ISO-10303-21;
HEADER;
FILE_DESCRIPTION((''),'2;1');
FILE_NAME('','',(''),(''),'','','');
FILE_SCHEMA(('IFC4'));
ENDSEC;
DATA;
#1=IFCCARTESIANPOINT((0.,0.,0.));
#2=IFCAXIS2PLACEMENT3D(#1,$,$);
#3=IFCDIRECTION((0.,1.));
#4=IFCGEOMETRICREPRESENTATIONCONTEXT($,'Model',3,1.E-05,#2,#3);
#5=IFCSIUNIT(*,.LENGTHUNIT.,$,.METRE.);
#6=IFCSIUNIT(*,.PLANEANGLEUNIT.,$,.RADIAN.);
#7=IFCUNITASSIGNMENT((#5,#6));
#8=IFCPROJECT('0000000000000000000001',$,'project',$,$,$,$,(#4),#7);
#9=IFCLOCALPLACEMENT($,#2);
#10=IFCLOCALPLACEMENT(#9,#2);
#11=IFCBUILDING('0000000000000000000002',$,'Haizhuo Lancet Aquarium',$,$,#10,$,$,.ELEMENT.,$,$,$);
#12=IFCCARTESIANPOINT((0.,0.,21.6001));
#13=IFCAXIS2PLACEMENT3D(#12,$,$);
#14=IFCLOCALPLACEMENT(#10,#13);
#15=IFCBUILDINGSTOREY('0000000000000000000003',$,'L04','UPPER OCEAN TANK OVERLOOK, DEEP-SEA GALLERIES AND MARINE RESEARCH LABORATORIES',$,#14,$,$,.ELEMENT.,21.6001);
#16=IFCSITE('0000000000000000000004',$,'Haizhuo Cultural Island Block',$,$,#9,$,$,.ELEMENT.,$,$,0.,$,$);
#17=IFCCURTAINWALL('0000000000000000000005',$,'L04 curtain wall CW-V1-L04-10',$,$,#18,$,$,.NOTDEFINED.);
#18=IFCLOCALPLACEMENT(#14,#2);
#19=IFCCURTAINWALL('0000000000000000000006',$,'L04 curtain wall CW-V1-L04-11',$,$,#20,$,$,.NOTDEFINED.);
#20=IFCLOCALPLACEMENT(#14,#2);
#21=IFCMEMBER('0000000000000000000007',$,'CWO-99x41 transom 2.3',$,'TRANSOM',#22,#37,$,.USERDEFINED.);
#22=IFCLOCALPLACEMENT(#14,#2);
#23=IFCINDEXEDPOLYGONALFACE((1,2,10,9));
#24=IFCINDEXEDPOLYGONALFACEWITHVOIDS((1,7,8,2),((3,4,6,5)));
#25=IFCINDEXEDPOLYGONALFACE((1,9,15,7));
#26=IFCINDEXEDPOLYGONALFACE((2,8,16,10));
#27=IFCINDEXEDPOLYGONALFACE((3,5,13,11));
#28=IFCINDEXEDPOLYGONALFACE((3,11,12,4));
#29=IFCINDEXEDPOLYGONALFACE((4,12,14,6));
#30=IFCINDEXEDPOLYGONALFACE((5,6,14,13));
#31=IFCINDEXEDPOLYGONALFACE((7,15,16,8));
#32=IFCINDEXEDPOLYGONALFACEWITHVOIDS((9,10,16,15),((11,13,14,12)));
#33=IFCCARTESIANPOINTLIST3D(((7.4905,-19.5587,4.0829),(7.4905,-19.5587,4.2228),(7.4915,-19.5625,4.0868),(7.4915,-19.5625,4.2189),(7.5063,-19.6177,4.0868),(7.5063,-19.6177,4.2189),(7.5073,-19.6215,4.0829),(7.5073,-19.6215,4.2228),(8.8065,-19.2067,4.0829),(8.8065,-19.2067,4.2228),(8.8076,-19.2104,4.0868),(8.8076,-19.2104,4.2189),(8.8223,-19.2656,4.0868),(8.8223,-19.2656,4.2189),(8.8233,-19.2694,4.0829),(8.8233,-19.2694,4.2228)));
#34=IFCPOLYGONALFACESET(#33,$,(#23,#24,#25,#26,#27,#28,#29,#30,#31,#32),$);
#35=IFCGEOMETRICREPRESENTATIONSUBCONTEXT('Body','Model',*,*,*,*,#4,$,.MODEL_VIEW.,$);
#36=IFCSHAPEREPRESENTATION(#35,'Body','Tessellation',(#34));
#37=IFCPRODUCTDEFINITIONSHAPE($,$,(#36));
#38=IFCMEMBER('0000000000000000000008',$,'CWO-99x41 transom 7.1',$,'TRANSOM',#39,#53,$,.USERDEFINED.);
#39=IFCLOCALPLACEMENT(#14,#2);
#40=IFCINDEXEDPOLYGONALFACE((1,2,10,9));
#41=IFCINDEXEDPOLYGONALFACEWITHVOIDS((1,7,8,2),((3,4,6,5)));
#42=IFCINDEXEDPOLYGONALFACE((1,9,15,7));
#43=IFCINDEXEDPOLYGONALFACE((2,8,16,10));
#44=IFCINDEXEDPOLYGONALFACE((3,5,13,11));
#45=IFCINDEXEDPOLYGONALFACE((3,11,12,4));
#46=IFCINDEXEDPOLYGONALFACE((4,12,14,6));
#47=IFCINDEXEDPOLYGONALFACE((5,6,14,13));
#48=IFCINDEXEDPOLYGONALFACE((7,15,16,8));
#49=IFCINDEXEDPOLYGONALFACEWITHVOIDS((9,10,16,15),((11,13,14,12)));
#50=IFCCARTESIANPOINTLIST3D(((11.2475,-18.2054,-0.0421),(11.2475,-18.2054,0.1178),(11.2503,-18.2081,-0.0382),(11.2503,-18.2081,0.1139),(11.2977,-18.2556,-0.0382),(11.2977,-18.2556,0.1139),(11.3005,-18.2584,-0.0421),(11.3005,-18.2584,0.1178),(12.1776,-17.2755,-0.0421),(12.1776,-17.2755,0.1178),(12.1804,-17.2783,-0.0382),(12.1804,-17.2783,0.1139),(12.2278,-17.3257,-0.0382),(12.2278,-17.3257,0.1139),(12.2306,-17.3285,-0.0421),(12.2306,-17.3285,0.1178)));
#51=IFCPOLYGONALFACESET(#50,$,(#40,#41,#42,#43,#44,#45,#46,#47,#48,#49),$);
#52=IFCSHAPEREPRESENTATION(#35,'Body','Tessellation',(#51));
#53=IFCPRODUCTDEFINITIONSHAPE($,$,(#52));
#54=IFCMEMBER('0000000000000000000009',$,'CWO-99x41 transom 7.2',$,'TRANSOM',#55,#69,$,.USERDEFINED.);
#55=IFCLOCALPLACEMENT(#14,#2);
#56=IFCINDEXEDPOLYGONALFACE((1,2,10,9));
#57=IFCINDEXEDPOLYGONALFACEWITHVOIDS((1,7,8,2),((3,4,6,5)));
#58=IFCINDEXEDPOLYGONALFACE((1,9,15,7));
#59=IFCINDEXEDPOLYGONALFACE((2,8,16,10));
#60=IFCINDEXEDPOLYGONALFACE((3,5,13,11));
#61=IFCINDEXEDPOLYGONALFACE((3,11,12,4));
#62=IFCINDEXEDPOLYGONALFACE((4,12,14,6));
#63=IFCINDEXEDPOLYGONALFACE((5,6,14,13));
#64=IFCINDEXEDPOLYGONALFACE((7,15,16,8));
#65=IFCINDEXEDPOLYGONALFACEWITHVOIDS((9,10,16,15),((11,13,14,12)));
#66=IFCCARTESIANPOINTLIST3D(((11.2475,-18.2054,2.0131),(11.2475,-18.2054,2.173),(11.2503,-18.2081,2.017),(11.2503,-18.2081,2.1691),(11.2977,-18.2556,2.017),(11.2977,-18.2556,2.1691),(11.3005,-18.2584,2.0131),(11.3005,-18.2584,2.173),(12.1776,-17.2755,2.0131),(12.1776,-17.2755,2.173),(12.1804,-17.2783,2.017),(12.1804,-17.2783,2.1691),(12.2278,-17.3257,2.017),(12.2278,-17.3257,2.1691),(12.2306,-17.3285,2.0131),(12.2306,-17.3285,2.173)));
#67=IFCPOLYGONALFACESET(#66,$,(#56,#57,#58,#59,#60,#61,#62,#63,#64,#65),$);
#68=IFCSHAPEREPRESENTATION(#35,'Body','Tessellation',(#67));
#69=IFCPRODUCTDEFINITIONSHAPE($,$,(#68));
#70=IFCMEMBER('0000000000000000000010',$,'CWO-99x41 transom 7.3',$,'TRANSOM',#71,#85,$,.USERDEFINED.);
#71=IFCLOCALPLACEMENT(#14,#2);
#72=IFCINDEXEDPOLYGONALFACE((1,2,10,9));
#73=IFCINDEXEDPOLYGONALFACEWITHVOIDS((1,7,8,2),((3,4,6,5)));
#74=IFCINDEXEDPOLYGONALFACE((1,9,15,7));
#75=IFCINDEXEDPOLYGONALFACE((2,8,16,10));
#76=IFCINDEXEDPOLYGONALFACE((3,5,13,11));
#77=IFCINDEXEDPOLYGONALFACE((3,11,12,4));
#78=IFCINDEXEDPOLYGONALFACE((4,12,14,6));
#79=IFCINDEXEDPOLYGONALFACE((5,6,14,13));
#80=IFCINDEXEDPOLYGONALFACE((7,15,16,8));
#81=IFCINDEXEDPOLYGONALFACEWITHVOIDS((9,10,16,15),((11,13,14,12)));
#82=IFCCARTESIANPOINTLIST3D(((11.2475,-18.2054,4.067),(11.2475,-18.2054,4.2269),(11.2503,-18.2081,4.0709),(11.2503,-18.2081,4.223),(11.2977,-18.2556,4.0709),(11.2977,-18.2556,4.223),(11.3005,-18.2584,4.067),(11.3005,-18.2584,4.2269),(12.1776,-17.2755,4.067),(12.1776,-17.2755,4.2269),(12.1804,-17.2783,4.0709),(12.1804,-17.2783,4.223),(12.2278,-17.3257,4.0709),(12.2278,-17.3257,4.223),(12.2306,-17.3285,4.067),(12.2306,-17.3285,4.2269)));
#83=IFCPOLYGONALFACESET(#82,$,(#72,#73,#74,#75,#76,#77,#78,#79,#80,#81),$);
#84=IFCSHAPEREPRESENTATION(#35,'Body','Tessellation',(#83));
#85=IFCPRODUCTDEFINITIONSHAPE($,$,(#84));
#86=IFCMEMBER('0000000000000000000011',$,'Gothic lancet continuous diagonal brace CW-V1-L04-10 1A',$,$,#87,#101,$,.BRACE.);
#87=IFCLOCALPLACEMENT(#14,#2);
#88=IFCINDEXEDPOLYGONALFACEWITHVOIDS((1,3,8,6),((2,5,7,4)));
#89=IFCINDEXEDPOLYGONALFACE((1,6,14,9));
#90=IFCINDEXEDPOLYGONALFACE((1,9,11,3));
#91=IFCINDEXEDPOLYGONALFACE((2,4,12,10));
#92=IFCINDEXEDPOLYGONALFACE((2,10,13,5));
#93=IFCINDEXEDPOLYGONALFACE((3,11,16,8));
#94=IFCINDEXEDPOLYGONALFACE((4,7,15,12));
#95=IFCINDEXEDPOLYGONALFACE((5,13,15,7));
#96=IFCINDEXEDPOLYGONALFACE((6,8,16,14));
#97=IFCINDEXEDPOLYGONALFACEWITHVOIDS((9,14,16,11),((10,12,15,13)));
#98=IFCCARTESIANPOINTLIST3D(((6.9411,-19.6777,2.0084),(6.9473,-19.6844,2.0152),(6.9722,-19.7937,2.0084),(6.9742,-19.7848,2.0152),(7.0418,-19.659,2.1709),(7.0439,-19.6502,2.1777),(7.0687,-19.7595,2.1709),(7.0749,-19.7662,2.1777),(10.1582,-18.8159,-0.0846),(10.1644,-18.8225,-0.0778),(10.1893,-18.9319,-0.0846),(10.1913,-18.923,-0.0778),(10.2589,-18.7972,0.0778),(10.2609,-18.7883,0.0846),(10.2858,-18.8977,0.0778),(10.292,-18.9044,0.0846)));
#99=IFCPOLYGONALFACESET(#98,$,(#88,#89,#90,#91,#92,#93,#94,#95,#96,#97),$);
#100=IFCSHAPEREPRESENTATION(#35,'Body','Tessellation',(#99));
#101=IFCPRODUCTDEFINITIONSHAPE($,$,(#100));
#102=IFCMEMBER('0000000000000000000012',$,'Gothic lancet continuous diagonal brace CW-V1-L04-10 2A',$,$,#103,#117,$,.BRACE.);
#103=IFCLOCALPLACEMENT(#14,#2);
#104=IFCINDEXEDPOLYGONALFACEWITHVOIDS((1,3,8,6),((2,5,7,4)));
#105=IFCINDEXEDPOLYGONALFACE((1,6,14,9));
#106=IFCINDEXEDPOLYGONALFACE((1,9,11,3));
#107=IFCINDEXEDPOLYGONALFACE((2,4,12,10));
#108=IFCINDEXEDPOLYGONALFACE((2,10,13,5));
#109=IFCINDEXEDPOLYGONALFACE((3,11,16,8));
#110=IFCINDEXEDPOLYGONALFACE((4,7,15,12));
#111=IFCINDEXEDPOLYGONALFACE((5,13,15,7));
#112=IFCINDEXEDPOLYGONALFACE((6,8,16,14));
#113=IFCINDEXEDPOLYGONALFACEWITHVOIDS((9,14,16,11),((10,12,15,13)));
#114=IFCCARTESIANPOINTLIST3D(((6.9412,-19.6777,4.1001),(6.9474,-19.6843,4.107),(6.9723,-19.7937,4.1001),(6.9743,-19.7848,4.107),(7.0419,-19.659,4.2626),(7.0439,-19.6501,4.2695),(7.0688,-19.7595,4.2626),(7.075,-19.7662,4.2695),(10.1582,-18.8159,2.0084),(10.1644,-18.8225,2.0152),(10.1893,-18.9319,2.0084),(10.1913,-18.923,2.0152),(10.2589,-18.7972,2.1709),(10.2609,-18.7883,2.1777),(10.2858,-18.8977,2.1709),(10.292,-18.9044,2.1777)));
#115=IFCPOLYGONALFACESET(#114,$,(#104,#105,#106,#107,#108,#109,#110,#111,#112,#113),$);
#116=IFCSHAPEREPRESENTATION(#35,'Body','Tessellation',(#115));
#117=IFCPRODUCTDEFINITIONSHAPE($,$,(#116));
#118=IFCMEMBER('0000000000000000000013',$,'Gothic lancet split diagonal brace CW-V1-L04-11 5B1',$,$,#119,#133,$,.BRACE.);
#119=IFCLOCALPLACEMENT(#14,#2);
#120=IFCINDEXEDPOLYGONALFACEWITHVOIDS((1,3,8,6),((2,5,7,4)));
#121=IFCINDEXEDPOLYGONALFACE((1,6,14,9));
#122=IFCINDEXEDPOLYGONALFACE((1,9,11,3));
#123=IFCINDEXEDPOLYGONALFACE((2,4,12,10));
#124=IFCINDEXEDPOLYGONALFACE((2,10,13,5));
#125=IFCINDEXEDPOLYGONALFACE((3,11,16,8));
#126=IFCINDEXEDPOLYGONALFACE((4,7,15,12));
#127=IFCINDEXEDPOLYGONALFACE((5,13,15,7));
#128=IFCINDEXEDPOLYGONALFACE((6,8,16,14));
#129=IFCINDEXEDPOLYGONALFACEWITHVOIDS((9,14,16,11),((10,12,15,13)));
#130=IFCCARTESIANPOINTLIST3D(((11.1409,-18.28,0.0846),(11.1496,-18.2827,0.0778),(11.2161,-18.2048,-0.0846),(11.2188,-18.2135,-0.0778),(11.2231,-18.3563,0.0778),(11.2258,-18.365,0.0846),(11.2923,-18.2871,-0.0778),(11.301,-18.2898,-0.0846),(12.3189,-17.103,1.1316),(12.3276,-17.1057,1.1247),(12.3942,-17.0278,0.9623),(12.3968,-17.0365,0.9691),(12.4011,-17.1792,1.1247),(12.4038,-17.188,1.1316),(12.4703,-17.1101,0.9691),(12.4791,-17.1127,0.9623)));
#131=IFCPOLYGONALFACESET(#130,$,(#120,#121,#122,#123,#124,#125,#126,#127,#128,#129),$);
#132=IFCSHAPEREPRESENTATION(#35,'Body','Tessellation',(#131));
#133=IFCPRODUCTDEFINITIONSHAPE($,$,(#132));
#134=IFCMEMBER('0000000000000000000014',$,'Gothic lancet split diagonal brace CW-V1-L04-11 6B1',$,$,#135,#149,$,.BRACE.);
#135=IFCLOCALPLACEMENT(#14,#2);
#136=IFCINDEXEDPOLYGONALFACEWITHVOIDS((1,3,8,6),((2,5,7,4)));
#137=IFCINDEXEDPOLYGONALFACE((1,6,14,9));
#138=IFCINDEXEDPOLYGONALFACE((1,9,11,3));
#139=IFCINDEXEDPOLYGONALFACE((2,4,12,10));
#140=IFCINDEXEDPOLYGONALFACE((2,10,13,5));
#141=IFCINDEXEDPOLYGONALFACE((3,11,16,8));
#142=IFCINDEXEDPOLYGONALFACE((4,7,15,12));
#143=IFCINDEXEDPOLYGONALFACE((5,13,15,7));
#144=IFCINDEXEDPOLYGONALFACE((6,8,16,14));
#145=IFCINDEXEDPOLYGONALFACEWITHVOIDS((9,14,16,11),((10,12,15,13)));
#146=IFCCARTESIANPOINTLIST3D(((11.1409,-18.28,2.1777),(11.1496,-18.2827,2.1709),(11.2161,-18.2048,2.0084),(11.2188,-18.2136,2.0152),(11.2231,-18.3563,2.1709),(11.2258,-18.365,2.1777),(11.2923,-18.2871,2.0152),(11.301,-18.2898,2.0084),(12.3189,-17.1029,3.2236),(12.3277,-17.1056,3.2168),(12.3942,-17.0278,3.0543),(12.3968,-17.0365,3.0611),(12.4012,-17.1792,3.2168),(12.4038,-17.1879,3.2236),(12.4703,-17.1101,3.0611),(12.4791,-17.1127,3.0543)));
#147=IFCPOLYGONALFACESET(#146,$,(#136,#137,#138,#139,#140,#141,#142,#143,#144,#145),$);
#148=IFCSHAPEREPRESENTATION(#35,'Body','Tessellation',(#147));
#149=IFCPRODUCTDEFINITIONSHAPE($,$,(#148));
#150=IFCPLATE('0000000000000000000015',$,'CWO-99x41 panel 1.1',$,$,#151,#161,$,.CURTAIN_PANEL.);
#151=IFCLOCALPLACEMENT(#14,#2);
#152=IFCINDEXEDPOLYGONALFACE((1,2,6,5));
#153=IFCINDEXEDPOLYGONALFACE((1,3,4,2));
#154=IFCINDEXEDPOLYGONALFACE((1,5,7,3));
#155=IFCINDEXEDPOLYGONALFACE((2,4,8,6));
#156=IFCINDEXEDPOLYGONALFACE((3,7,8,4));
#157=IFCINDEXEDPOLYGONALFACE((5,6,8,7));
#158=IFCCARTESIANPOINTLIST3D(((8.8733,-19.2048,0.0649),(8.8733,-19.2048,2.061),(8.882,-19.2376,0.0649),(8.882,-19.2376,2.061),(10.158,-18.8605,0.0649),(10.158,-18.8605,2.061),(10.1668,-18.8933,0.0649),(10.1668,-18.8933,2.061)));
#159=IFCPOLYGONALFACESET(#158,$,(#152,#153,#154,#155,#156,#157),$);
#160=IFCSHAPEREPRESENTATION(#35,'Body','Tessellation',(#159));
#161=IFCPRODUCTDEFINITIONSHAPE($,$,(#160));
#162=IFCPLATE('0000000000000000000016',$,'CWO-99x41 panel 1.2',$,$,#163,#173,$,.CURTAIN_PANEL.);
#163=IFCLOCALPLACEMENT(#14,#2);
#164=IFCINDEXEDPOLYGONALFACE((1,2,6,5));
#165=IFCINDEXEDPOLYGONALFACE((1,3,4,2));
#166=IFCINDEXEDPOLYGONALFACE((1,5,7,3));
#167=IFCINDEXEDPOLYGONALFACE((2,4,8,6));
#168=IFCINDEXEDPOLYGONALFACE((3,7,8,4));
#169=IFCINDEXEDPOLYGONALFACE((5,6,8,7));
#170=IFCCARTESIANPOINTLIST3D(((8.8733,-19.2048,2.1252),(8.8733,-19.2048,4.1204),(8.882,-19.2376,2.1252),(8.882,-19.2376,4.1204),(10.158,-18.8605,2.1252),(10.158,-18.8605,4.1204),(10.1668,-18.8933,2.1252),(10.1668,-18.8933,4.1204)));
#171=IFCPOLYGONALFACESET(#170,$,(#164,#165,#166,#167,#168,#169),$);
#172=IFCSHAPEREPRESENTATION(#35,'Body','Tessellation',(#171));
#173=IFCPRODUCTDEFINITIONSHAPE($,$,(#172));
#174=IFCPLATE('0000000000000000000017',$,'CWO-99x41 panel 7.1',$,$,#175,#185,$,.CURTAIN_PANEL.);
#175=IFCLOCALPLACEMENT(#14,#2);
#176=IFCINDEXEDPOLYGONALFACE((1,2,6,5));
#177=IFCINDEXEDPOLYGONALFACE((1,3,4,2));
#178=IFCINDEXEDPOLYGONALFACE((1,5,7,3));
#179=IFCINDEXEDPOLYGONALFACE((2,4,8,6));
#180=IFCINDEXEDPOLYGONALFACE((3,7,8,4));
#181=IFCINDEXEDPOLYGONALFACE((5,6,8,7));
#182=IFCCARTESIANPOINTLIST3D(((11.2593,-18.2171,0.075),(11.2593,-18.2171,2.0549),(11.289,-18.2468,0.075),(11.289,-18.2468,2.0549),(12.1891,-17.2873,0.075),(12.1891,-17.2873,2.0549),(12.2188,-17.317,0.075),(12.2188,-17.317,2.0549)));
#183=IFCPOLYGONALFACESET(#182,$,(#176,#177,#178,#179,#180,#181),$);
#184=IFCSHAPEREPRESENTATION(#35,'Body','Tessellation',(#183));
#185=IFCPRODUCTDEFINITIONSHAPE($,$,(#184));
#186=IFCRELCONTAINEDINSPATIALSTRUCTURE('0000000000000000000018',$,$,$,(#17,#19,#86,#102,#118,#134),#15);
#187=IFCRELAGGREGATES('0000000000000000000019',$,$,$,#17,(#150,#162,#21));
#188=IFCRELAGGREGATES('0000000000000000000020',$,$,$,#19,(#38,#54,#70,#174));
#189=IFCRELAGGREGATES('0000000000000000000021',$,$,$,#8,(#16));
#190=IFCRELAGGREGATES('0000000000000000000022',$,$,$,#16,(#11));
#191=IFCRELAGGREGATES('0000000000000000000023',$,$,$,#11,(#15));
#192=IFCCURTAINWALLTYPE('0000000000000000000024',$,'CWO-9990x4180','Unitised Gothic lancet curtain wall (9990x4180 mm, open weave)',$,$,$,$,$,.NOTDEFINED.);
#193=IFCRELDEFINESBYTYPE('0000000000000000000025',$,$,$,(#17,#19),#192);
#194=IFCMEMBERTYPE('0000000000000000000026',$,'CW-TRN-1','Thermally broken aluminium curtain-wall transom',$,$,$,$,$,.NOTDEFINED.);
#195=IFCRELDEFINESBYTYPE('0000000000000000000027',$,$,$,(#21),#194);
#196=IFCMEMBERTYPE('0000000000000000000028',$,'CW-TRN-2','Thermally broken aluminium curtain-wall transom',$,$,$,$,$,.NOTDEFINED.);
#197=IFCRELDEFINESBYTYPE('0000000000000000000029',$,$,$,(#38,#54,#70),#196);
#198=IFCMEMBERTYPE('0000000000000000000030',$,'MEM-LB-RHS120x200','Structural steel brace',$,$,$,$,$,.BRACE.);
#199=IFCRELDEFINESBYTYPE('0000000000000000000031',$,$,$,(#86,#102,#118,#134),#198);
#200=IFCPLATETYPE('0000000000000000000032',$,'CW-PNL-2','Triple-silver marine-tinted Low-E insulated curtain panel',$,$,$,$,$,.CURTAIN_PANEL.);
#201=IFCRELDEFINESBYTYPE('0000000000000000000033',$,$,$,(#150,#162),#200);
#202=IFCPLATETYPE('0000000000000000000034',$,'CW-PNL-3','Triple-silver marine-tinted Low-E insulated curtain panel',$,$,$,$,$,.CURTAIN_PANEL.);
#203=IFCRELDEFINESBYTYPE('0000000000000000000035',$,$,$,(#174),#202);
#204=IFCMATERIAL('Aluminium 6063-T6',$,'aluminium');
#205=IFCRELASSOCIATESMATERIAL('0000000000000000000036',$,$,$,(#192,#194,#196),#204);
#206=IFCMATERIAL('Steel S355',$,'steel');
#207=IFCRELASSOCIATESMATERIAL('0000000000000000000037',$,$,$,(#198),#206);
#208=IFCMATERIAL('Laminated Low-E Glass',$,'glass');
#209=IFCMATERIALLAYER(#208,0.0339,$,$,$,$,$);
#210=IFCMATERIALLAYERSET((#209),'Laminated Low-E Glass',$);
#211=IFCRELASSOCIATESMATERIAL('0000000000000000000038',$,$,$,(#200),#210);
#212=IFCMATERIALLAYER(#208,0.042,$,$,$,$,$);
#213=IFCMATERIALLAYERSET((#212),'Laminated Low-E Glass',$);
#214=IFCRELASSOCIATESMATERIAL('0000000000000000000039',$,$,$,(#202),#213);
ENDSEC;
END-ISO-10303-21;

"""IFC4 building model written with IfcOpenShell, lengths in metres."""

from ifc_helpers import new_model, si_unit, direction, frame, origin, origin_2d, place, context, subcontext, project, spatial, rectangle, hollow_rectangle, extrude, material, layer, layer_set, material_profile, profile_set, type_object, element, aggregate, save


model = new_model("IFC4")

# Units and contexts
model_context = context("Model", 3, precision=1e-05, world=origin(), true_north=direction((0.0, 1.0)))
body_context = subcontext(model_context, "Body", "Model", "MODEL_VIEW")
ifc_project = project(units=[si_unit("LENGTHUNIT", "METRE"), si_unit("PLANEANGLEUNIT", "RADIAN")], contexts=[model_context])

# Site, building, storey
site_placement = place(None, origin())
site = spatial("IfcSite", under=ifc_project, at=site_placement, Name="Haizhuo Cultural Island Block", CompositionType="ELEMENT", RefElevation=0.0)
building_placement = place(site_placement, origin())
building = spatial("IfcBuilding", under=site, at=building_placement, Name="Haizhuo Lancet Aquarium", CompositionType="ELEMENT")
storey_placement = place(building_placement, frame((0.0, 0.0, 21.6001)))
storey = spatial("IfcBuildingStorey", under=building, at=storey_placement, Name="L04", Description="UPPER OCEAN TANK OVERLOOK, DEEP-SEA GALLERIES AND MARINE RESEARCH LABORATORIES", CompositionType="ELEMENT", Elevation=21.6001)

# Curtain walls
ifc_material_1 = material(Name="Aluminium 6063-T6", Category="aluminium")
curtain_wall_type = type_object("IfcCurtainWallType", Name="CWO-9990x4180", Description="Unitised Gothic lancet curtain wall (9990x4180 mm, open weave)", PredefinedType="NOTDEFINED", material=ifc_material_1)
curtain_wall_1_placement = place(storey_placement, origin())
curtain_wall_1 = element("IfcCurtainWall", 1, at=curtain_wall_1_placement, inside=storey, type_object=curtain_wall_type, Name="L04 curtain wall CW-V1-L04-10", PredefinedType="NOTDEFINED")
curtain_wall_2_placement = place(storey_placement, origin())
curtain_wall_2 = element("IfcCurtainWall", 2, at=curtain_wall_2_placement, inside=storey, type_object=curtain_wall_type, Name="L04 curtain wall CW-V1-L04-11", PredefinedType="NOTDEFINED")

# Members
ifc_material_profile_1 = material_profile(ifc_material_1, hollow_rectangle(XDim=0.0649, YDim=0.1399, WallThickness=0.0039, at=origin_2d()), Name="ALU-T 65x140x4")
ifc_profile_set_1 = profile_set([ifc_material_profile_1], Name="Aluminium 6063-T6")
member_type_1 = type_object("IfcMemberType", Name="CW-TRN-1", Description="Thermally broken aluminium curtain-wall transom", PredefinedType="NOTDEFINED", material=ifc_profile_set_1)
member_1_placement = place(storey_placement, frame((8.8149, -19.238, 4.1528), z_axis=(-0.966026, -0.258443, 0.0), x_axis=(0.258443, -0.966026, 0.0)))
member_1 = element("IfcMember", 3, at=member_1_placement, type_object=member_type_1, Name="CWO-99x41 transom 2.3", ObjectType="TRANSOM", PredefinedType="USERDEFINED", context=body_context, shape_type="SweptSolid", body=[
    extrude(hollow_rectangle(XDim=0.0649, YDim=0.1399, WallThickness=0.0039, at=origin_2d()), origin(), (0.0, 0.0, 1.0), 1.3623),
])
ifc_material_profile_2 = material_profile(ifc_material_1, hollow_rectangle(XDim=0.075, YDim=0.1599, WallThickness=0.0039, at=origin_2d()), Name="ALU-T 75x160x4")
ifc_profile_set_2 = profile_set([ifc_material_profile_2], Name="Aluminium 6063-T6")
member_type_2 = type_object("IfcMemberType", Name="CW-TRN-2", Description="Thermally broken aluminium curtain-wall transom", PredefinedType="NOTDEFINED", material=ifc_profile_set_2)
member_2_placement = place(storey_placement, frame((12.2041, -17.302, 0.0378), z_axis=(-0.7072, -0.707014, 0.0), x_axis=(0.707014, -0.7072, 0.0)))
member_2 = element("IfcMember", 4, at=member_2_placement, type_object=member_type_2, Name="CWO-99x41 transom 7.1", ObjectType="TRANSOM", PredefinedType="USERDEFINED", context=body_context, shape_type="SweptSolid", body=[
    extrude(hollow_rectangle(XDim=0.075, YDim=0.1599, WallThickness=0.0039, at=origin_2d()), origin(), (0.0, 0.0, 1.0), 1.3152),
])
member_3_placement = place(storey_placement, frame((12.2041, -17.302, 2.093), z_axis=(-0.7072, -0.707014, 0.0), x_axis=(0.707014, -0.7072, 0.0)))
member_3 = element("IfcMember", 5, at=member_3_placement, type_object=member_type_2, Name="CWO-99x41 transom 7.2", ObjectType="TRANSOM", PredefinedType="USERDEFINED", context=body_context, shape_type="SweptSolid", body=[
    extrude(hollow_rectangle(XDim=0.075, YDim=0.1599, WallThickness=0.0039, at=origin_2d()), origin(), (0.0, 0.0, 1.0), 1.3152),
])
member_4_placement = place(storey_placement, frame((12.2041, -17.302, 4.147), z_axis=(-0.7072, -0.707014, 0.0), x_axis=(0.707014, -0.7072, 0.0)))
member_4 = element("IfcMember", 6, at=member_4_placement, type_object=member_type_2, Name="CWO-99x41 transom 7.3", ObjectType="TRANSOM", PredefinedType="USERDEFINED", context=body_context, shape_type="SweptSolid", body=[
    extrude(hollow_rectangle(XDim=0.075, YDim=0.1599, WallThickness=0.0039, at=origin_2d()), origin(), (0.0, 0.0, 1.0), 1.3152),
])

# Members
ifc_material_2 = material(Name="Steel S355", Category="steel")
ifc_material_profile_3 = material_profile(ifc_material_2, hollow_rectangle(XDim=0.1201, YDim=0.2, WallThickness=0.0081, at=origin_2d()), Name="RHS 120x200x8")
ifc_profile_set_3 = profile_set([ifc_material_profile_3], Name="Steel S355")
member_type_3 = type_object("IfcMemberType", Name="MEM-LB-RHS120x200", Description="Structural steel brace", PredefinedType="BRACE", material=ifc_profile_set_3)
member_5_placement = place(storey_placement, frame((10.2251, -18.8601, 0.0), z_axis=(-0.817847, -0.219094, 0.532094), x_axis=(0.258767, -0.96594, 0.0)))
element("IfcMember", 7, at=member_5_placement, inside=storey, type_object=member_type_3, Name="Gothic lancet continuous diagonal brace CW-V1-L04-10 1A", PredefinedType="BRACE", context=body_context, shape_type="SweptSolid", body=[
    extrude(hollow_rectangle(XDim=0.1201, YDim=0.2, WallThickness=0.0081, at=origin_2d()), origin(), (0.0, 0.0, 1.0), 3.9336),
])
member_6_placement = place(storey_placement, frame((10.2251, -18.8601, 2.093), z_axis=(-0.817982, -0.21913, 0.531871), x_axis=(0.258767, -0.96594, 0.0)))
element("IfcMember", 8, at=member_6_placement, inside=storey, type_object=member_type_3, Name="Gothic lancet continuous diagonal brace CW-V1-L04-10 2A", PredefinedType="BRACE", context=body_context, shape_type="SweptSolid", body=[
    extrude(hollow_rectangle(XDim=0.1201, YDim=0.2, WallThickness=0.0081, at=origin_2d()), origin(), (0.0, 0.0, 1.0), 3.9329),
])
member_7_placement = place(storey_placement, frame((11.2209, -18.2849, 0.0), z_axis=(0.598884, 0.598388, 0.532231), x_axis=(-0.706813, 0.7074, 0.0)))
element("IfcMember", 9, at=member_7_placement, inside=storey, type_object=member_type_3, Name="Gothic lancet split diagonal brace CW-V1-L04-11 5B1", PredefinedType="BRACE", context=body_context, shape_type="SweptSolid", body=[
    extrude(hollow_rectangle(XDim=0.1201, YDim=0.2, WallThickness=0.0081, at=origin_2d()), origin(), (0.0, 0.0, 1.0), 1.967),
])
member_8_placement = place(storey_placement, frame((11.2209, -18.2849, 2.093), z_axis=(0.599042, 0.598546, 0.531875), x_axis=(-0.706813, 0.7074, 0.0)))
element("IfcMember", 10, at=member_8_placement, inside=storey, type_object=member_type_3, Name="Gothic lancet split diagonal brace CW-V1-L04-11 6B1", PredefinedType="BRACE", context=body_context, shape_type="SweptSolid", body=[
    extrude(hollow_rectangle(XDim=0.1201, YDim=0.2, WallThickness=0.0081, at=origin_2d()), origin(), (0.0, 0.0, 1.0), 1.9666),
])

# Plates
ifc_material_3 = material(Name="Laminated Low-E Glass", Category="glass")
ifc_layer_1 = layer(ifc_material_3, 0.0339)
ifc_layer_set_1 = layer_set([ifc_layer_1], Name="Laminated Low-E Glass")
plate_type_1 = type_object("IfcPlateType", Name="CW-PNL-2", Description="Triple-silver marine-tinted Low-E insulated curtain panel", PredefinedType="CURTAIN_PANEL", material=ifc_layer_set_1)
plate_1_placement = place(storey_placement, frame((9.52, -19.0491, 0.0649), z_axis=(0.0, 0.0, 1.0), x_axis=(-0.965917, -0.258853, 0.0)))
plate_1 = element("IfcPlate", 11, at=plate_1_placement, type_object=plate_type_1, Name="CWO-99x41 panel 1.1", PredefinedType="CURTAIN_PANEL", context=body_context, shape_type="SweptSolid", body=[
    extrude(rectangle(XDim=1.3301, YDim=0.0339, at=origin_2d()), origin(), (0.0, 0.0, 1.0), 1.9961),
])
plate_2_placement = place(storey_placement, frame((9.52, -19.0491, 2.1252), z_axis=(0.0, 0.0, 1.0), x_axis=(-0.965917, -0.258853, 0.0)))
plate_2 = element("IfcPlate", 12, at=plate_2_placement, type_object=plate_type_1, Name="CWO-99x41 panel 1.2", PredefinedType="CURTAIN_PANEL", context=body_context, shape_type="SweptSolid", body=[
    extrude(rectangle(XDim=1.3301, YDim=0.0339, at=origin_2d()), origin(), (0.0, 0.0, 1.0), 1.9951),
])
aggregate(curtain_wall_1, [plate_1, plate_2, member_1])
ifc_layer_2 = layer(ifc_material_3, 0.042)
ifc_layer_set_2 = layer_set([ifc_layer_2], Name="Laminated Low-E Glass")
plate_type_2 = type_object("IfcPlateType", Name="CW-PNL-3", Description="Triple-silver marine-tinted Low-E insulated curtain panel", PredefinedType="CURTAIN_PANEL", material=ifc_layer_set_2)
plate_3_placement = place(storey_placement, frame((11.739, -17.7671, 0.075), z_axis=(0.0, 0.0, 1.0), x_axis=(-0.707107, -0.707107, 0.0)))
plate_3 = element("IfcPlate", 13, at=plate_3_placement, type_object=plate_type_2, Name="CWO-99x41 panel 7.1", PredefinedType="CURTAIN_PANEL", context=body_context, shape_type="SweptSolid", body=[
    extrude(rectangle(XDim=1.3149, YDim=0.042, at=origin_2d()), origin(), (0.0, 0.0, 1.0), 1.98),
])
aggregate(curtain_wall_2, [member_2, member_3, member_4, plate_3])

save(model, "model.ifc")
